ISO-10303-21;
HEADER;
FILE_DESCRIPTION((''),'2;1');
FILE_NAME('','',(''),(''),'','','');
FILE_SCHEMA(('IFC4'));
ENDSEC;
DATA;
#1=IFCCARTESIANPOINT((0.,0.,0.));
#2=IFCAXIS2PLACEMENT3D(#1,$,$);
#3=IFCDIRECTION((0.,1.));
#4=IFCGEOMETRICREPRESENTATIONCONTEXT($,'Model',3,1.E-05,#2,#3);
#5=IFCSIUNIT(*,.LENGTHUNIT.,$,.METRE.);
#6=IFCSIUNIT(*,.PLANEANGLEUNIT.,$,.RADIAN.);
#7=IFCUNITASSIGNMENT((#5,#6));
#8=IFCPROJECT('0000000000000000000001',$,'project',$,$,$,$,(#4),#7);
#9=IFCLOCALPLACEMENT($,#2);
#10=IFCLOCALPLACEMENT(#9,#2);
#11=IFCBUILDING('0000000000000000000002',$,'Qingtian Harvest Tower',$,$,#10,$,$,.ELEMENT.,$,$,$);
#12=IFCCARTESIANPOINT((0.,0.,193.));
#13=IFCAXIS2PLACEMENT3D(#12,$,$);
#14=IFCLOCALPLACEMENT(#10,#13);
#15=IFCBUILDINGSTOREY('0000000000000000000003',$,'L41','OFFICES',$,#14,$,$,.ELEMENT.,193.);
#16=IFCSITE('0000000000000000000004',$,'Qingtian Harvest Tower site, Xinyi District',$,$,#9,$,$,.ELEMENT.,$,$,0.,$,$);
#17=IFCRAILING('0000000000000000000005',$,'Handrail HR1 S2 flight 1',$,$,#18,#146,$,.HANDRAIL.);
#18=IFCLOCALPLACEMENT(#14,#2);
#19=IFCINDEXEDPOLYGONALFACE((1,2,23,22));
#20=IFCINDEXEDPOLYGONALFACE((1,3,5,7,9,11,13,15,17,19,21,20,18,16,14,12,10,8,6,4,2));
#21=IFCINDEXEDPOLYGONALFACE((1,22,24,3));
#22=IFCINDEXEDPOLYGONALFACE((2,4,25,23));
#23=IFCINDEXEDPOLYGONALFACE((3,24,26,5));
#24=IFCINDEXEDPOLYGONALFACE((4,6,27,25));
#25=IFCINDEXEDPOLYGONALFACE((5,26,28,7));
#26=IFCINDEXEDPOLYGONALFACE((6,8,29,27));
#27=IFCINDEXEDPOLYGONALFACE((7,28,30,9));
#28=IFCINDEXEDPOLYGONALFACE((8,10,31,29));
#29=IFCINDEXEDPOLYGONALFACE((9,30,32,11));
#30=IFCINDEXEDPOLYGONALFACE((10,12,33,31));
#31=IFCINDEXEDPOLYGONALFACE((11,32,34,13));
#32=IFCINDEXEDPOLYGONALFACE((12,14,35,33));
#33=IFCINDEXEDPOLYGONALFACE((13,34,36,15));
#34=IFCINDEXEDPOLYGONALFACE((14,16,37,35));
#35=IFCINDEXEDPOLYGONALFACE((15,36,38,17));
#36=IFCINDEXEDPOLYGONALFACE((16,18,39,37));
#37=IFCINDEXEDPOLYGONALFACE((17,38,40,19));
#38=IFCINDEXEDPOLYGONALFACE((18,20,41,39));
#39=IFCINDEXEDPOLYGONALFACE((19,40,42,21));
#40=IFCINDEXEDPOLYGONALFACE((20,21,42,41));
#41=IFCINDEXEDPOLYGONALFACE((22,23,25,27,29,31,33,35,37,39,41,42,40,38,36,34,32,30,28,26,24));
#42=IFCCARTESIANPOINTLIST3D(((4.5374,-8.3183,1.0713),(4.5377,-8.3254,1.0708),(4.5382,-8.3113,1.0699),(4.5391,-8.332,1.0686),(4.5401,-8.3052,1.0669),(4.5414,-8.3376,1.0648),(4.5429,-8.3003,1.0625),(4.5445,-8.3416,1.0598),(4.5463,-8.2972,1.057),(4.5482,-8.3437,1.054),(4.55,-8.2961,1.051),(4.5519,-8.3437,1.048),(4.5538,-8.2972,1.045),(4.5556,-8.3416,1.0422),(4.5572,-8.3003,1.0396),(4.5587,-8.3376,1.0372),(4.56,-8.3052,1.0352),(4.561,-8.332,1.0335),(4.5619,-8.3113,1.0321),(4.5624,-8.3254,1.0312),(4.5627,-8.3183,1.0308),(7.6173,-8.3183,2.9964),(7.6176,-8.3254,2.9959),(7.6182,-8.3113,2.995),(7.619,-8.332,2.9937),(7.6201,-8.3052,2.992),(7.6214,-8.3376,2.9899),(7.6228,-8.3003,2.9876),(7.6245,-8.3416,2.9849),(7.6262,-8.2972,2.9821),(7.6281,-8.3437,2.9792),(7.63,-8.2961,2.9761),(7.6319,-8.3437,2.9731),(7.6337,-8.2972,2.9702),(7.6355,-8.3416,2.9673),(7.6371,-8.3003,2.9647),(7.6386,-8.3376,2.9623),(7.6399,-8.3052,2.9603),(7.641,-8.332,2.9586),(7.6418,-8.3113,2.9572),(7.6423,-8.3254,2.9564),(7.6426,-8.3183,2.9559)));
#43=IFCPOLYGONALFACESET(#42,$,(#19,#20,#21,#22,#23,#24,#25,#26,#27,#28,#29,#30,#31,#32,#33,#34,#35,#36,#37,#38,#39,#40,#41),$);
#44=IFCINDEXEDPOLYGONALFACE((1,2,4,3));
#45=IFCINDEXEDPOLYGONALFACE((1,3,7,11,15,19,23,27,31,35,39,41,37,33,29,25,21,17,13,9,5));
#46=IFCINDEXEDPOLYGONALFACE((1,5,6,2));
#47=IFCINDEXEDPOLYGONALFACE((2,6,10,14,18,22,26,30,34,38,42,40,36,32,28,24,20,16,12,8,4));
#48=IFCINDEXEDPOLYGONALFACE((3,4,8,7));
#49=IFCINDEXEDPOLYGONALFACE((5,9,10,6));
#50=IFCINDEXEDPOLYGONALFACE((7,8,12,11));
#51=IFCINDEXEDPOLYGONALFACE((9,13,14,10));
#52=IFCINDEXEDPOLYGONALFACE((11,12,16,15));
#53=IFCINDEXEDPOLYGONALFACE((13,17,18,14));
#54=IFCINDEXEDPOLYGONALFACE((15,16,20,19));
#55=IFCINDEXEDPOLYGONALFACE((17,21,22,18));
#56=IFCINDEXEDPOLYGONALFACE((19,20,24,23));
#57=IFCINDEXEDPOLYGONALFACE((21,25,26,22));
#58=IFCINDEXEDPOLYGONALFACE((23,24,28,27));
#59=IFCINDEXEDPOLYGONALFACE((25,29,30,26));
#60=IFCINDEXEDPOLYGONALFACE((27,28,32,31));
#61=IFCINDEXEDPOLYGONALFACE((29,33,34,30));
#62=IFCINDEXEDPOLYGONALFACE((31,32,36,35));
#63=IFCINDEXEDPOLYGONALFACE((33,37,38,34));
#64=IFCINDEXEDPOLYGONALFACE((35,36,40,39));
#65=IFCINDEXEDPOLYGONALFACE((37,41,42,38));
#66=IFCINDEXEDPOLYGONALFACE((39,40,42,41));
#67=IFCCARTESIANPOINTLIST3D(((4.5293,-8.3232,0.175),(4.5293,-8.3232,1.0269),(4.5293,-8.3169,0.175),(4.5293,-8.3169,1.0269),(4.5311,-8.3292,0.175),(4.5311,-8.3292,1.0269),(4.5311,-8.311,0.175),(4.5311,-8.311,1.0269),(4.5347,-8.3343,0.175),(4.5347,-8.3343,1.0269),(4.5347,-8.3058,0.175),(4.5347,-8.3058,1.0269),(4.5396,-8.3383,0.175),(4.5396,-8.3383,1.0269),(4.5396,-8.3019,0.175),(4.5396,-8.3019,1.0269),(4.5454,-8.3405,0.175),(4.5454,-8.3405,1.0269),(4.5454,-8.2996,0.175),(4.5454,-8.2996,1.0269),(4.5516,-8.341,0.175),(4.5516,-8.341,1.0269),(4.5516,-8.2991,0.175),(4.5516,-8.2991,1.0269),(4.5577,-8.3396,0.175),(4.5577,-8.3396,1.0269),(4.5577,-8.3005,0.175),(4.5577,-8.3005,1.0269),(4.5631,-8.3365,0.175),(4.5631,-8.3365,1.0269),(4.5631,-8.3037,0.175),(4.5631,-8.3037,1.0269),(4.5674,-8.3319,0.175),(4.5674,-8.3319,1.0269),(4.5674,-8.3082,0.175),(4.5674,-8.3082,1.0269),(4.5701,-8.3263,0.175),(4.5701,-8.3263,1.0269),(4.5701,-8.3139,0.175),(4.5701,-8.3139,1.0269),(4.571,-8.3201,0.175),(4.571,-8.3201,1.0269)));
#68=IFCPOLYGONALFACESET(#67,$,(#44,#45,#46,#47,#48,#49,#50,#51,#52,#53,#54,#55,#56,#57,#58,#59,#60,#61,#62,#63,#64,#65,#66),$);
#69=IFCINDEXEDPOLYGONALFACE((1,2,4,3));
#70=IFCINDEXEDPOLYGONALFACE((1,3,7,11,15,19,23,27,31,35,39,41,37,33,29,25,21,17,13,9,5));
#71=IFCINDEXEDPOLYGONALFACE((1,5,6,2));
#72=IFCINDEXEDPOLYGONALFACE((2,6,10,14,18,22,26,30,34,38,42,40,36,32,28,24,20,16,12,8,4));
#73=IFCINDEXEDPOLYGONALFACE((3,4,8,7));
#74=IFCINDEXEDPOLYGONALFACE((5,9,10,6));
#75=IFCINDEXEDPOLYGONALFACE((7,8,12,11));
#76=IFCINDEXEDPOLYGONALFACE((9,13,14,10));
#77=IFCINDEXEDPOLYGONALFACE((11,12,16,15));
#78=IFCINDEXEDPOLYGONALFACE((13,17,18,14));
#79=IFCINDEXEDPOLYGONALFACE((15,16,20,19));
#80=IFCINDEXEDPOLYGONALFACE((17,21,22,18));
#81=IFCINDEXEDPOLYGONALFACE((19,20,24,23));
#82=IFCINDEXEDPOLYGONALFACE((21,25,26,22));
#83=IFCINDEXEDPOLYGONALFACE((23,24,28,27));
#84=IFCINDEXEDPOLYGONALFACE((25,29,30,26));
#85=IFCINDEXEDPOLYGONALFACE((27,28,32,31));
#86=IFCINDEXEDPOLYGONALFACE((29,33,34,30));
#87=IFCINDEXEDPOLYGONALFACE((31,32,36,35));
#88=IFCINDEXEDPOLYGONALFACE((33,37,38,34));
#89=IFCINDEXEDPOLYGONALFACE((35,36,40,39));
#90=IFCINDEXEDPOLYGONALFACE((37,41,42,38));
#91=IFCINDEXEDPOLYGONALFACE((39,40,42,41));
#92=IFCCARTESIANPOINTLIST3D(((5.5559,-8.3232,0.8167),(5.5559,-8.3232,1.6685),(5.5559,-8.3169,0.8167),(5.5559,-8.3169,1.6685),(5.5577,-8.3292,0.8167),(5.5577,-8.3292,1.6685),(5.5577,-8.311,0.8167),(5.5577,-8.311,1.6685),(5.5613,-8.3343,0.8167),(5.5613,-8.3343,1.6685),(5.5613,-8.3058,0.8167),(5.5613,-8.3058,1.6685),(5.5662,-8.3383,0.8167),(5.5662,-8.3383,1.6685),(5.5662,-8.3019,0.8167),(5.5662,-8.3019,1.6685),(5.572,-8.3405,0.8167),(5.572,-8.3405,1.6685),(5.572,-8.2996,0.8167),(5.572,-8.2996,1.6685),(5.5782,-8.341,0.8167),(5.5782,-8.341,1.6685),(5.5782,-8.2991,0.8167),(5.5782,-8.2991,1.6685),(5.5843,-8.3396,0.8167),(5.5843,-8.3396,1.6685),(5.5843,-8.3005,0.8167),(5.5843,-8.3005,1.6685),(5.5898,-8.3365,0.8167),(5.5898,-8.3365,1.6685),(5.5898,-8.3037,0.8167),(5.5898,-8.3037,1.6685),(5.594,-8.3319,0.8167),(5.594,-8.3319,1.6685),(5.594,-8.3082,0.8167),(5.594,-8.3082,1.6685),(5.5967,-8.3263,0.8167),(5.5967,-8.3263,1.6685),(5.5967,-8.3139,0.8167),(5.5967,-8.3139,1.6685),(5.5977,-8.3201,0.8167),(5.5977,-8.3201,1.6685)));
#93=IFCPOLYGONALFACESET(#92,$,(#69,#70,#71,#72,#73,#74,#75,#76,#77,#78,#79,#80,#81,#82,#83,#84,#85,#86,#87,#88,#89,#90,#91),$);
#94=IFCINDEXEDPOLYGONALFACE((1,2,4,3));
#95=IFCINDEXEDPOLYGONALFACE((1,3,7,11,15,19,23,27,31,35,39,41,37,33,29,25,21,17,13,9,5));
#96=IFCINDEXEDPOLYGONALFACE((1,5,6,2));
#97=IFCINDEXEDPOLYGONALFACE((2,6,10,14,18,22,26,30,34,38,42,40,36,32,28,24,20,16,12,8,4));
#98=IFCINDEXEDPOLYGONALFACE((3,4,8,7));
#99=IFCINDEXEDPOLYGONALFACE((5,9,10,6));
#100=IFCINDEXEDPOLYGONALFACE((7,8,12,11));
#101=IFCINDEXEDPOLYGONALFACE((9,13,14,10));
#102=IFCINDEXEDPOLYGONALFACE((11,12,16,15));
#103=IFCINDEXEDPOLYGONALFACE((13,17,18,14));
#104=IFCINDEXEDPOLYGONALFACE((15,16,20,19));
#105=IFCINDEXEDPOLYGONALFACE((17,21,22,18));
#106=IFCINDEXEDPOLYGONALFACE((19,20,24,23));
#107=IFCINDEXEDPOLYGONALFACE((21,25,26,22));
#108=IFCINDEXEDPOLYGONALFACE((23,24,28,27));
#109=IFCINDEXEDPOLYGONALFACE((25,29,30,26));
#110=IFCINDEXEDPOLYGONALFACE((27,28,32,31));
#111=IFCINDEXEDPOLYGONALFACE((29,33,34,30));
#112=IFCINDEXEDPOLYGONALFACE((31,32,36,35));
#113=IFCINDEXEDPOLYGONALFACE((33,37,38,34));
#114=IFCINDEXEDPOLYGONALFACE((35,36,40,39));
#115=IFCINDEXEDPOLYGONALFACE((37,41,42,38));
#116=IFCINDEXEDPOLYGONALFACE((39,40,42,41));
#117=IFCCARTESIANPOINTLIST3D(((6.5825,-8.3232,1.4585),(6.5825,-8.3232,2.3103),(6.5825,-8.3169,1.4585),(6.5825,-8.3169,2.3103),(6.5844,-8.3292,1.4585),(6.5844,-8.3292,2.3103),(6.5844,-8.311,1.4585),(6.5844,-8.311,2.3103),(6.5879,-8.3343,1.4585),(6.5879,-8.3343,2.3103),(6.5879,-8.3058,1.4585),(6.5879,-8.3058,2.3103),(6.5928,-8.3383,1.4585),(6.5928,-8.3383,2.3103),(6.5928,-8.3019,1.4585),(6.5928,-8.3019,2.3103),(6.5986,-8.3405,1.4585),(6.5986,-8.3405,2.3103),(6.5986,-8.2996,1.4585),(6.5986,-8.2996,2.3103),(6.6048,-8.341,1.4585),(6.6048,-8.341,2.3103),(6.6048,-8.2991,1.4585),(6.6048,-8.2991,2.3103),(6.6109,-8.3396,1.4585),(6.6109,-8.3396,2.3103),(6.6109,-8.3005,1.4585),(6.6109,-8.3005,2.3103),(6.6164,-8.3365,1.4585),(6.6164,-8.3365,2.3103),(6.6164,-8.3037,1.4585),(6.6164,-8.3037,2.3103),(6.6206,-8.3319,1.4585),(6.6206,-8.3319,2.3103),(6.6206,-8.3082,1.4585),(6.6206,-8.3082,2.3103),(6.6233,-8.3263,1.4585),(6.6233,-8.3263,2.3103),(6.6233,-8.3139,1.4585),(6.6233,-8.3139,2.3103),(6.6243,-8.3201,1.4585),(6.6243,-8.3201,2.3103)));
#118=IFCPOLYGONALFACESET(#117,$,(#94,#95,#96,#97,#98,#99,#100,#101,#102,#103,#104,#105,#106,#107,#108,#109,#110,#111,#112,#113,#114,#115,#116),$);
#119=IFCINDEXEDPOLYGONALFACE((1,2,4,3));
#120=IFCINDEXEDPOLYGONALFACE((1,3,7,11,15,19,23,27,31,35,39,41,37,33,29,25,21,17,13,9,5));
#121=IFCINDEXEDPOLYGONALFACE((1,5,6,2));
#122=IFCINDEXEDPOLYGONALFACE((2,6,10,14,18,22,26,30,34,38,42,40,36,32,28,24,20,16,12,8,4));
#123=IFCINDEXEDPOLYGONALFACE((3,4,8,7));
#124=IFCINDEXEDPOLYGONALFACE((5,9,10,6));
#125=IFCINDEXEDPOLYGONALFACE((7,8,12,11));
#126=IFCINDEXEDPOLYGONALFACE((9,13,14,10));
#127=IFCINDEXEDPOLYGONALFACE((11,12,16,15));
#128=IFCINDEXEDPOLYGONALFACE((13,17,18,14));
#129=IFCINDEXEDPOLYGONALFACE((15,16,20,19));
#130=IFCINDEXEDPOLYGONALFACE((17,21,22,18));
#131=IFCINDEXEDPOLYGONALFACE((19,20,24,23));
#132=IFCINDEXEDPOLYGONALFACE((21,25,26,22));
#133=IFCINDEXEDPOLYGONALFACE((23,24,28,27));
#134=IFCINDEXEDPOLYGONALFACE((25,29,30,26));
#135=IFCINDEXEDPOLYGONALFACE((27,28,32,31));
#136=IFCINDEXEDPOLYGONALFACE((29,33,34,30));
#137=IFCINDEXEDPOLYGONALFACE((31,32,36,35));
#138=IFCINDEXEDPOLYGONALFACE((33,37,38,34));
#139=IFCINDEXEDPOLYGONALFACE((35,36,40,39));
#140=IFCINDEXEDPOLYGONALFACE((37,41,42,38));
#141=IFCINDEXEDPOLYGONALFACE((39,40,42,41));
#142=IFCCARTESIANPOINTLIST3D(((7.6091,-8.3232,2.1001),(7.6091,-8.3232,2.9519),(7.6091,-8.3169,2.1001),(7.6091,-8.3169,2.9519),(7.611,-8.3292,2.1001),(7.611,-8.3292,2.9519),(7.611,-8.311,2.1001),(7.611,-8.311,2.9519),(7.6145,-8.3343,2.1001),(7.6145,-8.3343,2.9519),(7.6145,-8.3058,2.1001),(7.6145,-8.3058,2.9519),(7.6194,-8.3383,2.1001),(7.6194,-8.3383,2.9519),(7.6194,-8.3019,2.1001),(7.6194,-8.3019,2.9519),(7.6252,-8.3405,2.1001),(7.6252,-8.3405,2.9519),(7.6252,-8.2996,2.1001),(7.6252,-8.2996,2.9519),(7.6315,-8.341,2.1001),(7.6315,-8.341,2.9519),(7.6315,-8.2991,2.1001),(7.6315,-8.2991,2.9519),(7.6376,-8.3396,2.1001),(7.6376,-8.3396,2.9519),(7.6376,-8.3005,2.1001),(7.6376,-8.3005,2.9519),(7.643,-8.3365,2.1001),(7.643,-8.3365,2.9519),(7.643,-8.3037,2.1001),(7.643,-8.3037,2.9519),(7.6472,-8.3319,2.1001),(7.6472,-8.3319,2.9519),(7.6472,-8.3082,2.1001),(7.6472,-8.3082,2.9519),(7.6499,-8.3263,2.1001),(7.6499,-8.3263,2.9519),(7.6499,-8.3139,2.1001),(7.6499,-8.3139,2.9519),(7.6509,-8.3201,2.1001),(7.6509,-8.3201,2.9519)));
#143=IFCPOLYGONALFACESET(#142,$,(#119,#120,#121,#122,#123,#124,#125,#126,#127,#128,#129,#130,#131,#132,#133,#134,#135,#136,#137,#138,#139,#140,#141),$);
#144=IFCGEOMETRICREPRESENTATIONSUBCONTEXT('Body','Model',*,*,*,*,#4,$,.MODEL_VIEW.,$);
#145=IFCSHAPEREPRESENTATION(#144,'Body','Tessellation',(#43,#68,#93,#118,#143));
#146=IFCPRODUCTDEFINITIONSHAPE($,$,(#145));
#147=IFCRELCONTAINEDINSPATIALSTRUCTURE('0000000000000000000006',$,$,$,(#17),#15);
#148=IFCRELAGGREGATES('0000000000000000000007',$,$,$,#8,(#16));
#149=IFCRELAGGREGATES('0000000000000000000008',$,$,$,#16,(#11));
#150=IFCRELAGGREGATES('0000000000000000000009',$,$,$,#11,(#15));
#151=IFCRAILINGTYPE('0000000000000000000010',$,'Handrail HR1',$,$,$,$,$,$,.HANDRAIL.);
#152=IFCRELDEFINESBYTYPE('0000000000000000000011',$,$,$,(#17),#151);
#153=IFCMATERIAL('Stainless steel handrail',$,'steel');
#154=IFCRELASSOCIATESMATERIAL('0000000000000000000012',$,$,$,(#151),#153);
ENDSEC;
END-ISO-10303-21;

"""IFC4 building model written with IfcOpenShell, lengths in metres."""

from ifc_helpers import new_model, si_unit, direction, frame, origin, origin_2d, place, context, subcontext, project, spatial, circle, extrude, material, type_object, element, save


model = new_model("IFC4")

# Units and contexts
model_context = context("Model", 3, precision=1e-05, world=origin(), true_north=direction((0.0, 1.0)))
body_context = subcontext(model_context, "Body", "Model", "MODEL_VIEW")
ifc_project = project(units=[si_unit("LENGTHUNIT", "METRE"), si_unit("PLANEANGLEUNIT", "RADIAN")], contexts=[model_context])

# Site, building, storey
site_placement = place(None, origin())
site = spatial("IfcSite", under=ifc_project, at=site_placement, Name="Qingtian Harvest Tower site, Xinyi District", CompositionType="ELEMENT", RefElevation=0.0)
building_placement = place(site_placement, origin())
building = spatial("IfcBuilding", under=site, at=building_placement, Name="Qingtian Harvest Tower", CompositionType="ELEMENT")
storey_placement = place(building_placement, frame((0.0, 0.0, 193.0)))
storey = spatial("IfcBuildingStorey", under=building, at=storey_placement, Name="L41", Description="OFFICES", CompositionType="ELEMENT", Elevation=193.0)

# Railing
ifc_material_1 = material(Name="Stainless steel handrail", Category="steel")
railing_type = type_object("IfcRailingType", Name="Handrail HR1", PredefinedType="HANDRAIL", material=ifc_material_1)
railing_1_placement = place(storey_placement, frame((4.55, -8.3201, 0.175)))
element("IfcRailing", 1, at=railing_1_placement, inside=storey, type_object=railing_type, Name="Handrail HR1 S2 flight 1", PredefinedType="HANDRAIL", context=body_context, shape_type="SweptSolid", body=[
    extrude(circle(Radius=0.0239, at=origin_2d()), frame((0.0, 0.0, 0.876), z_axis=(0.847979, 0.0, 0.530029), x_axis=(0.0, 1.0, 0.0)), (0.0, 0.0, 1.0), 3.6321),
    extrude(circle(Radius=0.021, at=origin_2d()), origin(), (0.0, 0.0, 1.0), 0.8518),
    extrude(circle(Radius=0.021, at=origin_2d()), frame((1.0266, 0.0, 0.6416)), (0.0, 0.0, 1.0), 0.8518),
    extrude(circle(Radius=0.021, at=origin_2d()), frame((2.0532, 0.0, 1.2834)), (0.0, 0.0, 1.0), 0.8518),
    extrude(circle(Radius=0.021, at=origin_2d()), frame((3.0798, 0.0, 1.925)), (0.0, 0.0, 1.0), 0.8518),
])

save(model, "model.ifc")
